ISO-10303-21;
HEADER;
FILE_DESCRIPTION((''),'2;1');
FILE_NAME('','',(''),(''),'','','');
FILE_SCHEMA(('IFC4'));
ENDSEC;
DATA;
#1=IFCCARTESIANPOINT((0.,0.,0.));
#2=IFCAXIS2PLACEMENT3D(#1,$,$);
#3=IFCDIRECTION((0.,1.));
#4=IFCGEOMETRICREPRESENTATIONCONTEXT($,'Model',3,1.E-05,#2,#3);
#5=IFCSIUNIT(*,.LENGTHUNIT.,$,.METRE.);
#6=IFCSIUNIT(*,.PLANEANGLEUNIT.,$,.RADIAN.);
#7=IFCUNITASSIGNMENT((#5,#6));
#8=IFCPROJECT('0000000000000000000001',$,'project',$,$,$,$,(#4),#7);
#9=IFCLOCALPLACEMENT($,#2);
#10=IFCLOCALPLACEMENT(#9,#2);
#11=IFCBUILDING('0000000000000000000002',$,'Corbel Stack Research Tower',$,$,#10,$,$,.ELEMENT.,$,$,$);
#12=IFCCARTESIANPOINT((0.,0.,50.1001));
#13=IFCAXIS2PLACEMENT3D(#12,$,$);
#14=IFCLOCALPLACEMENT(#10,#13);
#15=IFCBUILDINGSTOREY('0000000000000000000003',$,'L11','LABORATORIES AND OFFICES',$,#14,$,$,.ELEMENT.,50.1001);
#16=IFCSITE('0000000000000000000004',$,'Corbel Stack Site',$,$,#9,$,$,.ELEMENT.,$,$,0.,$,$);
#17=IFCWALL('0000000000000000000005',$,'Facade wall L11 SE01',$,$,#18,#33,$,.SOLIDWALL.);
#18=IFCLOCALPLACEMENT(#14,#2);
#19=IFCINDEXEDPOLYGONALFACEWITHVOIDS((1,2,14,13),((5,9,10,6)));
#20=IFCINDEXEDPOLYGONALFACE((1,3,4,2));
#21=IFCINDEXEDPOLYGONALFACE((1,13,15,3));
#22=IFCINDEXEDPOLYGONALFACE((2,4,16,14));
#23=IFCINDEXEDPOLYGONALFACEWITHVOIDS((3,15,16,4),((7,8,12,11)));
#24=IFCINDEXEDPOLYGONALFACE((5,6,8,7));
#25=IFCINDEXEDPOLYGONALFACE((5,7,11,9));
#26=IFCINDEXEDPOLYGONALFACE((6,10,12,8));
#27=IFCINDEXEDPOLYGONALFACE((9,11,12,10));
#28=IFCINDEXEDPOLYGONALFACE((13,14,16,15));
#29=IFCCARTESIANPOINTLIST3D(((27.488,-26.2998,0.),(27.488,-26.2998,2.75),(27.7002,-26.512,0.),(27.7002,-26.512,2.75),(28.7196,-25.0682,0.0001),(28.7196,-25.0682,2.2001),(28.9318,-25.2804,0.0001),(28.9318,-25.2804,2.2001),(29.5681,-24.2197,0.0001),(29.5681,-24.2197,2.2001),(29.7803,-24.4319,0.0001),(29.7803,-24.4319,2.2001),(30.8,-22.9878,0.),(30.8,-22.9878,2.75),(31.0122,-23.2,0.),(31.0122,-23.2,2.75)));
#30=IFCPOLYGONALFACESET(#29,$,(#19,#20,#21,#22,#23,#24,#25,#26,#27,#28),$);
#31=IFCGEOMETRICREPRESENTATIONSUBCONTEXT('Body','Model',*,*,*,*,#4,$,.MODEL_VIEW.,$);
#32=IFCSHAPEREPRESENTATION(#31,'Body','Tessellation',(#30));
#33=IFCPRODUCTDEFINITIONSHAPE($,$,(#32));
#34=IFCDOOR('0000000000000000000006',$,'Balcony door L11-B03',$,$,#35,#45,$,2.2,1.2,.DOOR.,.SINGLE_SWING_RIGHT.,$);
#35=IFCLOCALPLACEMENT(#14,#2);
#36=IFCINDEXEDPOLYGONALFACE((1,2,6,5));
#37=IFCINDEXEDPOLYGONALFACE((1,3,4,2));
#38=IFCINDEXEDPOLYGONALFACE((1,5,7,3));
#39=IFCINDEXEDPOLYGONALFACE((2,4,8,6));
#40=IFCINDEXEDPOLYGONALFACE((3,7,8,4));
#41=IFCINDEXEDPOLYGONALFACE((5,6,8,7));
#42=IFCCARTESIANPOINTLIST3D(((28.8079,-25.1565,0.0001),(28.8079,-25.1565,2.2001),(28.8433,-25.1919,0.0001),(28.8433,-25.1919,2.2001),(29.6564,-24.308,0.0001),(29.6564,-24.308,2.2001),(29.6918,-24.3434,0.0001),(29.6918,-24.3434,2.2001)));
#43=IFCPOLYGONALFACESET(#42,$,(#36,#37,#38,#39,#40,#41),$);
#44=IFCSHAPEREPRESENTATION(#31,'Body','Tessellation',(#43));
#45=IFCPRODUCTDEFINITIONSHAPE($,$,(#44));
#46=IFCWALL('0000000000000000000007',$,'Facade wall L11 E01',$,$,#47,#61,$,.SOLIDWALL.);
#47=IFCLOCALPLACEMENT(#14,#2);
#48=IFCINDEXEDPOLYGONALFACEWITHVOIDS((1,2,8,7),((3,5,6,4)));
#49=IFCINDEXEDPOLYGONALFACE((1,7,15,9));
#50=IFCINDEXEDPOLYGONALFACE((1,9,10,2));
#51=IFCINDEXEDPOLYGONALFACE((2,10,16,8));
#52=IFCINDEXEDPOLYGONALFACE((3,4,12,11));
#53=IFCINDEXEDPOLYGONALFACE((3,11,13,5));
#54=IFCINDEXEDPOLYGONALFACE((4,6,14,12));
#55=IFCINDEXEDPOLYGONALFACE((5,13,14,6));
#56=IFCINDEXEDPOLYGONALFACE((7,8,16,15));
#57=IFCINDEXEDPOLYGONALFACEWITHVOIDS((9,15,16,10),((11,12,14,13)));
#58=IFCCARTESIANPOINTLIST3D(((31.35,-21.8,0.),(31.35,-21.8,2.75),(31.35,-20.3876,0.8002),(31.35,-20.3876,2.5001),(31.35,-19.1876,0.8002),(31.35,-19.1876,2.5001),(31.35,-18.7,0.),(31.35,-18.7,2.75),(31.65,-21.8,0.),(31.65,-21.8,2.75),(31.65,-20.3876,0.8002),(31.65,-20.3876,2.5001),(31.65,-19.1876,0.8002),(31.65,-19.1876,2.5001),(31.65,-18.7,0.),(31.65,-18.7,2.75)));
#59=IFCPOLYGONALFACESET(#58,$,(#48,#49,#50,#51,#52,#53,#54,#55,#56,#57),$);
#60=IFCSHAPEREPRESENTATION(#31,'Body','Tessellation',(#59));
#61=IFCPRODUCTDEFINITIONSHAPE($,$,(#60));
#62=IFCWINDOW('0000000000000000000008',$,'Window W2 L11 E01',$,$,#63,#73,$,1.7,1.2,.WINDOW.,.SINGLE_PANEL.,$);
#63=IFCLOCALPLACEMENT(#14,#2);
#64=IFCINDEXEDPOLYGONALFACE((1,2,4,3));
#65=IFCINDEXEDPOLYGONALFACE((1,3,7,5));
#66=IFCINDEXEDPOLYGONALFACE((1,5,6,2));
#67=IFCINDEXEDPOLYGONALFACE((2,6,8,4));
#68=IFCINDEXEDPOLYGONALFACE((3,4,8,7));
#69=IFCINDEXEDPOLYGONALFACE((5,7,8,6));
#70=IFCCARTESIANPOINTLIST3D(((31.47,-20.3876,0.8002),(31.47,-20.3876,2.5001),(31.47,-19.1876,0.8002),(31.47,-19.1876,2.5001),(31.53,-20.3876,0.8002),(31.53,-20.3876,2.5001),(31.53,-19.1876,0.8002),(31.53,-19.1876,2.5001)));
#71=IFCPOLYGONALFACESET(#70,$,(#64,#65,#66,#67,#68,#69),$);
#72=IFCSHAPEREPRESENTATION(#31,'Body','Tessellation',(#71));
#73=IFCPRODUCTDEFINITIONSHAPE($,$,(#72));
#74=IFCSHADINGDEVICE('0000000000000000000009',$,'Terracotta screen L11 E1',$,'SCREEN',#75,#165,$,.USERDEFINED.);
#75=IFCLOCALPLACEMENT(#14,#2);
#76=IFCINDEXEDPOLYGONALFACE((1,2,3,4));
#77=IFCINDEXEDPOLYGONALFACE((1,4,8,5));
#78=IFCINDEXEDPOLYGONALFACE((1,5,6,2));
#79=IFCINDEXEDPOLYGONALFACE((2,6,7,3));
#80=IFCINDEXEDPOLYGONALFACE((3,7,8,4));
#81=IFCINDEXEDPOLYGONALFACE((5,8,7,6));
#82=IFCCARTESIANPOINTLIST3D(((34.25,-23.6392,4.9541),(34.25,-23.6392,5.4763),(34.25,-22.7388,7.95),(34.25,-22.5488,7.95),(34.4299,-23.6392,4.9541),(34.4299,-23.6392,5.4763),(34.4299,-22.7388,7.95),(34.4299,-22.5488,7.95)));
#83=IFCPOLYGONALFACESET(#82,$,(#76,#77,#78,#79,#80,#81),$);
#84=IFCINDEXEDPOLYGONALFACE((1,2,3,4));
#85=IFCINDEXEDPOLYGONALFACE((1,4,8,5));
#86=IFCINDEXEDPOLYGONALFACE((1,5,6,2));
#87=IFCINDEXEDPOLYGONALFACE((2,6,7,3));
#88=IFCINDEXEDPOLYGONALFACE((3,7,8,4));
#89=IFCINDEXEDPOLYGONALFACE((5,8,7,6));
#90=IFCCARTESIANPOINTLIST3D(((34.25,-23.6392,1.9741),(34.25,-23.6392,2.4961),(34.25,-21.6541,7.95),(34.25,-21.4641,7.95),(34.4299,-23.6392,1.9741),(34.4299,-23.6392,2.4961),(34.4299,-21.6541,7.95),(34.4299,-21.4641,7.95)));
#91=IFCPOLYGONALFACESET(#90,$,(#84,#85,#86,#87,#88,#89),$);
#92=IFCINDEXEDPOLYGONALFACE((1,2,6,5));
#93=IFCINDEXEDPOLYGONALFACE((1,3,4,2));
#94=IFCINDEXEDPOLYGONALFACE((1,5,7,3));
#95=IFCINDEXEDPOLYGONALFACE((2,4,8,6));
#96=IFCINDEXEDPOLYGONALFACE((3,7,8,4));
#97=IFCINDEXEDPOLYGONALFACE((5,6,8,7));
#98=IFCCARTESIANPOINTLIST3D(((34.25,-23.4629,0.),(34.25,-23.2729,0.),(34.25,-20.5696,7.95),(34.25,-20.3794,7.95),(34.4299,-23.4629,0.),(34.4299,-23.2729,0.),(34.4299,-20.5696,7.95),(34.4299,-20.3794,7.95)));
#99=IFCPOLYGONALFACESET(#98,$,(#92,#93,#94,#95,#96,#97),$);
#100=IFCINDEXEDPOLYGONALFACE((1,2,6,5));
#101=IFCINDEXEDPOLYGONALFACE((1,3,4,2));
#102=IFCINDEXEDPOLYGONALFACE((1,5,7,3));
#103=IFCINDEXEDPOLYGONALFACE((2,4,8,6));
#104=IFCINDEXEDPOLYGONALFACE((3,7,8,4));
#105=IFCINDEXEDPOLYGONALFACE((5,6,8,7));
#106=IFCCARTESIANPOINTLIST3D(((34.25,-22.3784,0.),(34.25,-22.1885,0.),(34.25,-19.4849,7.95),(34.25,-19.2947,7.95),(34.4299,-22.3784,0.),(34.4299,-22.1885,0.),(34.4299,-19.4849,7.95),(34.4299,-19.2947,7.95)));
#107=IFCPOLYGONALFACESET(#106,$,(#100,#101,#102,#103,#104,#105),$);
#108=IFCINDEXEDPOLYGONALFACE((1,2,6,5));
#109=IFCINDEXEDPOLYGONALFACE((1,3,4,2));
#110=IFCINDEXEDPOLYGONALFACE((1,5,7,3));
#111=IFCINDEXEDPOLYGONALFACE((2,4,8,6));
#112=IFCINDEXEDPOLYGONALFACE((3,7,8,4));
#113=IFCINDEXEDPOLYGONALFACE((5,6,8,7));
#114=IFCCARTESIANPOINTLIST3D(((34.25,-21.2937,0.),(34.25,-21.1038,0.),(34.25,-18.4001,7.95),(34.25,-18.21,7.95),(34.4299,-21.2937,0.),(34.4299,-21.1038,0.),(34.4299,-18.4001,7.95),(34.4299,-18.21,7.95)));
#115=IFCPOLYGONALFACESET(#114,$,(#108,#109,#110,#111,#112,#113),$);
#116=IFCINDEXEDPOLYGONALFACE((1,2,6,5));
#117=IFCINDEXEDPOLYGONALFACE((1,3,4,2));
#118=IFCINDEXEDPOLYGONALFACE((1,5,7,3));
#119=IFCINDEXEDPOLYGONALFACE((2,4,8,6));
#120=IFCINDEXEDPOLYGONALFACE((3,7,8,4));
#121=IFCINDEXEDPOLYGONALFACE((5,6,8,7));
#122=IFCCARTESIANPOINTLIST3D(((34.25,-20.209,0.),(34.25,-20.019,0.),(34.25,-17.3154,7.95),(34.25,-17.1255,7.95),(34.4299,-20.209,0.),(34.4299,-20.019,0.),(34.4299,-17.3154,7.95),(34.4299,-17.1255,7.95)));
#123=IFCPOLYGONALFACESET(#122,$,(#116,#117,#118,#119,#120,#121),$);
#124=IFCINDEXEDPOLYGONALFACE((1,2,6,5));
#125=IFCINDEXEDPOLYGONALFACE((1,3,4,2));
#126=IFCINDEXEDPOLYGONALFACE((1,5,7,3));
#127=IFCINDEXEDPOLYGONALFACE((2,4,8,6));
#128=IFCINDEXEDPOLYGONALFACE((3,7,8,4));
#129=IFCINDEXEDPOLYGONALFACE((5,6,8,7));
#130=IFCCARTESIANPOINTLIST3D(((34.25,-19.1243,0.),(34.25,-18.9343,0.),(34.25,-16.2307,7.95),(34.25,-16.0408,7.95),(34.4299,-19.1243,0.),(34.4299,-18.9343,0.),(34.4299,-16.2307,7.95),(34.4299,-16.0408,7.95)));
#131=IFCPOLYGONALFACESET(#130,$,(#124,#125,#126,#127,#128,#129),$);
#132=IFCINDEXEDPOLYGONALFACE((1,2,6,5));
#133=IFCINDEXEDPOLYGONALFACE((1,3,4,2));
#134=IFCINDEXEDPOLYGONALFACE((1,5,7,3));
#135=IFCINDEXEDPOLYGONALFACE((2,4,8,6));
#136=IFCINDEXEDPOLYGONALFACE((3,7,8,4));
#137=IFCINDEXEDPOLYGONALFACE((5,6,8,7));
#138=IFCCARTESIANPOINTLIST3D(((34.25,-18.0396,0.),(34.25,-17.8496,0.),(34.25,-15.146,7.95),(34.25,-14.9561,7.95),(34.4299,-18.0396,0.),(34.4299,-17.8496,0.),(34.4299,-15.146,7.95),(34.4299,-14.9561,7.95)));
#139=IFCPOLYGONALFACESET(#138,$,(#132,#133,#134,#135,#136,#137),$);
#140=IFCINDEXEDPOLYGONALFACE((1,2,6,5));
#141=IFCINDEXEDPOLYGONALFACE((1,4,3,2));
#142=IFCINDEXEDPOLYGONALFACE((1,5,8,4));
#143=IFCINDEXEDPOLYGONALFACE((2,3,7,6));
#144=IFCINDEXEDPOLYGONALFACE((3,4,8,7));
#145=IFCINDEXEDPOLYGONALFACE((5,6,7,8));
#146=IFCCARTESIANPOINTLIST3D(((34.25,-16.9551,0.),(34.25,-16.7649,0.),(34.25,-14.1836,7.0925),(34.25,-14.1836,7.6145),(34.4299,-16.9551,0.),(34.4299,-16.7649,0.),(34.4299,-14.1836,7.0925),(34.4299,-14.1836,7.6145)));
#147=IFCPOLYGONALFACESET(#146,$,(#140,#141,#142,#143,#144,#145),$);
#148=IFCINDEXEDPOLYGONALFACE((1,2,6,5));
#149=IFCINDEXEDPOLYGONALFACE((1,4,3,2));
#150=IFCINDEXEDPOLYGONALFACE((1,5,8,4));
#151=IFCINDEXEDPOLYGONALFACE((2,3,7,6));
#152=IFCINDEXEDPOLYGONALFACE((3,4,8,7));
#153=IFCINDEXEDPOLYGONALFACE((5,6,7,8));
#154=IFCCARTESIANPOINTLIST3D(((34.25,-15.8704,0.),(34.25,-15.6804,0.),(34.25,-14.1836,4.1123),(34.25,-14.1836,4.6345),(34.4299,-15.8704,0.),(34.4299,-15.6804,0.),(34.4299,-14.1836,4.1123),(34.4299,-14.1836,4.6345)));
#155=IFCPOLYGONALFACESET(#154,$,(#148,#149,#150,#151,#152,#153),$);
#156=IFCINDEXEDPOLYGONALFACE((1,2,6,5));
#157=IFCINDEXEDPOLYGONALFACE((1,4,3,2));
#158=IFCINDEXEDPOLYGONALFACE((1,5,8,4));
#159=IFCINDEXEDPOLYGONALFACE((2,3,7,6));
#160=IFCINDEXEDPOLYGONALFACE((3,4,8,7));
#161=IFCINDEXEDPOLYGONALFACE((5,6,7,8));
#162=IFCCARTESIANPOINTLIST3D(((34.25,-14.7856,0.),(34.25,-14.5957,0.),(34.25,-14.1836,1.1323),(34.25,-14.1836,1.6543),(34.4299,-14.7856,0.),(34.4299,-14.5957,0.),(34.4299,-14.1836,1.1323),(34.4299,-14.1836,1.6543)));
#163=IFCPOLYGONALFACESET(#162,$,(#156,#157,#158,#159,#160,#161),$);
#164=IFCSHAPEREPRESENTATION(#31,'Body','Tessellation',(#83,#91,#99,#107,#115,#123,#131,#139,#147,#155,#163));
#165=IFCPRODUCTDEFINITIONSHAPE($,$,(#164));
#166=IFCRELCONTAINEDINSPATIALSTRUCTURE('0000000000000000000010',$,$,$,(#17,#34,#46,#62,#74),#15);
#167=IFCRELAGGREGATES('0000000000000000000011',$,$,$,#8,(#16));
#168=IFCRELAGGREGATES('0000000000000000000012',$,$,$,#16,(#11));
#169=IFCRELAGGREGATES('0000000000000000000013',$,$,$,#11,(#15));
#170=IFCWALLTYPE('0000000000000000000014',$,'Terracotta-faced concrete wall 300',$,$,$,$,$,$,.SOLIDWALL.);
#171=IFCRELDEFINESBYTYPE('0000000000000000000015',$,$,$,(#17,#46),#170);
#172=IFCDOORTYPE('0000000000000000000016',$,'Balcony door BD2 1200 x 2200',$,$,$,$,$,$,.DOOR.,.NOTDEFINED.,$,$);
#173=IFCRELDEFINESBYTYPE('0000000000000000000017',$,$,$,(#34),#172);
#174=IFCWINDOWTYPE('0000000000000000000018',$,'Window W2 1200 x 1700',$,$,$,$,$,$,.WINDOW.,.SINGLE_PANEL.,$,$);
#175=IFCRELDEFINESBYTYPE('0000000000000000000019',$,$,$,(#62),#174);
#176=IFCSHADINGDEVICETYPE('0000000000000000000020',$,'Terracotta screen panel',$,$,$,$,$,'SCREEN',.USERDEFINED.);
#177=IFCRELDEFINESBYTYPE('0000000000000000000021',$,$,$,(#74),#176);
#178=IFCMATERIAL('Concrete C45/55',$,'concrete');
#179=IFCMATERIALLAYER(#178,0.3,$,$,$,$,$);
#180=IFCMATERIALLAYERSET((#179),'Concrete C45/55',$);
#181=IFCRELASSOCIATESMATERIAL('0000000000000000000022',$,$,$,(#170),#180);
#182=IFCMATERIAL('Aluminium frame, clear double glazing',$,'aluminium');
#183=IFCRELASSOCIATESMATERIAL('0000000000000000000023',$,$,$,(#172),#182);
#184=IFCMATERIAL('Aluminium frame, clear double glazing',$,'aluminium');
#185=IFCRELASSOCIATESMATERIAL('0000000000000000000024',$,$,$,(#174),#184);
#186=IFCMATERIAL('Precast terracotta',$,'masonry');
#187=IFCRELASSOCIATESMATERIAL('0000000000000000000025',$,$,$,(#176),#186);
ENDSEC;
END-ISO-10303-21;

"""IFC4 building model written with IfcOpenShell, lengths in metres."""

from ifc_helpers import new_model, si_unit, direction, frame, frame_2d, origin, place, context, subcontext, project, spatial, polyline, rectangle, outline, extrude, source, transform, mapped, material, layer, layer_set, type_object, element, fill, save


model = new_model("IFC4")

# Units and contexts
model_context = context("Model", 3, precision=1e-05, world=origin(), true_north=direction((0.0, 1.0)))
body_context = subcontext(model_context, "Body", "Model", "MODEL_VIEW")
ifc_project = project(units=[si_unit("LENGTHUNIT", "METRE"), si_unit("PLANEANGLEUNIT", "RADIAN")], contexts=[model_context])

# Site, building, storey
site_placement = place(None, origin())
site = spatial("IfcSite", under=ifc_project, at=site_placement, Name="Corbel Stack Site", CompositionType="ELEMENT", RefElevation=0.0)
building_placement = place(site_placement, origin())
building = spatial("IfcBuilding", under=site, at=building_placement, Name="Corbel Stack Research Tower", CompositionType="ELEMENT")
storey_placement = place(building_placement, frame((0.0, 0.0, 50.1001)))
storey = spatial("IfcBuildingStorey", under=building, at=storey_placement, Name="L11", Description="LABORATORIES AND OFFICES", CompositionType="ELEMENT", Elevation=50.1001)

# Wall, opening, door
ifc_material_1 = material(Name="Concrete C45/55", Category="concrete")
ifc_layer_1 = layer(ifc_material_1, 0.3)
ifc_layer_set_1 = layer_set([ifc_layer_1], Name="Concrete C45/55")
wall_type_1 = type_object("IfcWallType", Name="Terracotta-faced concrete wall 300", PredefinedType="SOLIDWALL", material=ifc_layer_set_1)
wall_1_placement = place(storey_placement, frame((30.906, -23.094, 0.0), z_axis=(0.0, 0.0, 1.0), x_axis=(-0.707107, -0.707107, 0.0)))
wall_1 = element("IfcWall", 1, at=wall_1_placement, inside=storey, type_object=wall_type_1, Name="Facade wall L11 SE01", PredefinedType="SOLIDWALL", context=body_context, shape_type="SweptSolid", body=[
    extrude(rectangle(XDim=4.6838, YDim=0.3, at=frame_2d((2.3418, 0.0))), origin(), (0.0, 0.0, 1.0), 2.75),
])
opening_1_placement = place(wall_1_placement, frame((1.7419, 0.0, 0.0)))
opening_1 = element("IfcOpeningElement", 2, at=opening_1_placement, cuts=wall_1, PredefinedType="OPENING", context=body_context, shape_type="SweptSolid", body=[
    extrude(rectangle(XDim=1.2, YDim=2.2, at=frame_2d((0.6001, 1.1001))), frame((0.0, 0.1599, 0.0), z_axis=(0.0, -1.0, 0.0), x_axis=(1.0, 0.0, 0.0)), (0.0, 0.0, 1.0), 0.3201),
])
ifc_material_2 = material(Name="Aluminium frame, clear double glazing", Category="aluminium")
door_type_1 = type_object("IfcDoorType", Name="Balcony door BD2 1200 x 2200", OperationType="NOTDEFINED", PredefinedType="DOOR", material=ifc_material_2)
door_1_placement = place(opening_1_placement, origin())
door_1 = element("IfcDoor", 3, at=door_1_placement, inside=storey, type_object=door_type_1, Name="Balcony door L11-B03", OperationType="SINGLE_SWING_RIGHT", OverallHeight=2.2, OverallWidth=1.2, PredefinedType="DOOR", context=body_context, shape_type="SweptSolid", body=[
    extrude(rectangle(XDim=1.2, YDim=2.2, at=frame_2d((0.6001, 1.1001))), frame((0.0, 0.0249, 0.0), z_axis=(0.0, -1.0, 0.0), x_axis=(1.0, 0.0, 0.0)), (0.0, 0.0, 1.0), 0.05),
])
fill(opening_1, door_1)

# Wall, opening, window
wall_2_placement = place(storey_placement, frame((31.5, -18.7, 0.0), z_axis=(0.0, 0.0, 1.0), x_axis=(0.0, -1.0, 0.0)))
wall_2 = element("IfcWall", 4, at=wall_2_placement, inside=storey, type_object=wall_type_1, Name="Facade wall L11 E01", PredefinedType="SOLIDWALL", context=body_context, shape_type="SweptSolid", body=[
    extrude(rectangle(XDim=3.1001, YDim=0.3, at=frame_2d((1.55, 0.0))), origin(), (0.0, 0.0, 1.0), 2.75),
])
opening_2_placement = place(wall_2_placement, frame((0.4875, 0.0, 0.8)))
opening_2 = element("IfcOpeningElement", 5, at=opening_2_placement, cuts=wall_2, PredefinedType="OPENING", context=body_context, shape_type="SweptSolid", body=[
    extrude(rectangle(XDim=1.2, YDim=1.7, at=frame_2d((0.6001, 0.8501))), frame((0.0, 0.1599, 0.0), z_axis=(0.0, -1.0, 0.0), x_axis=(1.0, 0.0, 0.0)), (0.0, 0.0, 1.0), 0.3201),
])
ifc_material_3 = material(Name="Aluminium frame, clear double glazing", Category="aluminium")
window_type = type_object("IfcWindowType", Name="Window W2 1200 x 1700", PartitioningType="SINGLE_PANEL", PredefinedType="WINDOW", material=ifc_material_3)
window_placement = place(opening_2_placement, origin())
window = element("IfcWindow", 6, at=window_placement, inside=storey, type_object=window_type, Name="Window W2 L11 E01", OverallHeight=1.7, OverallWidth=1.2, PartitioningType="SINGLE_PANEL", PredefinedType="WINDOW", context=body_context, shape_type="SweptSolid", body=[
    extrude(rectangle(XDim=1.2, YDim=1.7, at=frame_2d((0.6001, 0.8501))), frame((0.0, 0.03, 0.0), z_axis=(0.0, -1.0, 0.0), x_axis=(1.0, 0.0, 0.0)), (0.0, 0.0, 1.0), 0.0601),
])
fill(opening_2, window)

# Shading device
ifc_material_4 = material(Name="Precast terracotta", Category="masonry")
shading_device_type = type_object("IfcShadingDeviceType", Name="Terracotta screen panel", ElementType="SCREEN", PredefinedType="USERDEFINED", material=ifc_material_4)
shared_shape_1 = source(origin(), body_context, "Body", "SweptSolid", [
    extrude(outline(polyline([(1.0903, 7.95), (0.9004, 7.95), (0.0, 5.4763), (0.0, 4.9541), (1.0903, 7.95)])), frame((0.0, 0.0, 0.0), z_axis=(0.0, -1.0, 0.0), x_axis=(1.0, 0.0, 0.0)), (0.0, 0.0, 1.0), 0.1799),
    extrude(outline(polyline([(2.175, 7.95), (1.9851, 7.95), (0.0, 2.4961), (0.0, 1.9741), (2.175, 7.95)])), frame((0.0, 0.0, 0.0), z_axis=(0.0, -1.0, 0.0), x_axis=(1.0, 0.0, 0.0)), (0.0, 0.0, 1.0), 0.1799),
    extrude(outline(polyline([(0.3662, 0.0), (3.2598, 7.95), (3.0696, 7.95), (0.1763, 0.0), (0.3662, 0.0)])), frame((0.0, 0.0, 0.0), z_axis=(0.0, -1.0, 0.0), x_axis=(1.0, 0.0, 0.0)), (0.0, 0.0, 1.0), 0.1799),
    extrude(outline(polyline([(1.4507, 0.0), (4.3445, 7.95), (4.1543, 7.95), (1.2607, 0.0), (1.4507, 0.0)])), frame((0.0, 0.0, 0.0), z_axis=(0.0, -1.0, 0.0), x_axis=(1.0, 0.0, 0.0)), (0.0, 0.0, 1.0), 0.1799),
    extrude(outline(polyline([(2.5354, 0.0), (5.4292, 7.95), (5.239, 7.95), (2.3455, 0.0), (2.5354, 0.0)])), frame((0.0, 0.0, 0.0), z_axis=(0.0, -1.0, 0.0), x_axis=(1.0, 0.0, 0.0)), (0.0, 0.0, 1.0), 0.1799),
    extrude(outline(polyline([(3.6201, 0.0), (6.5137, 7.95), (6.3237, 7.95), (3.4302, 0.0), (3.6201, 0.0)])), frame((0.0, 0.0, 0.0), z_axis=(0.0, -1.0, 0.0), x_axis=(1.0, 0.0, 0.0)), (0.0, 0.0, 1.0), 0.1799),
    extrude(outline(polyline([(4.7048, 0.0), (7.5984, 7.95), (7.4084, 7.95), (4.5149, 0.0), (4.7048, 0.0)])), frame((0.0, 0.0, 0.0), z_axis=(0.0, -1.0, 0.0), x_axis=(1.0, 0.0, 0.0)), (0.0, 0.0, 1.0), 0.1799),
    extrude(outline(polyline([(5.7896, 0.0), (8.6831, 7.95), (8.4932, 7.95), (5.5996, 0.0), (5.7896, 0.0)])), frame((0.0, 0.0, 0.0), z_axis=(0.0, -1.0, 0.0), x_axis=(1.0, 0.0, 0.0)), (0.0, 0.0, 1.0), 0.1799),
    extrude(outline(polyline([(6.8743, 0.0), (9.4556, 7.0925), (9.4556, 7.6145), (6.6841, 0.0), (6.8743, 0.0)])), frame((0.0, 0.0, 0.0), z_axis=(0.0, -1.0, 0.0), x_axis=(1.0, 0.0, 0.0)), (0.0, 0.0, 1.0), 0.1799),
    extrude(outline(polyline([(7.9587, 0.0), (9.4556, 4.1123), (9.4556, 4.6345), (7.7688, 0.0), (7.9587, 0.0)])), frame((0.0, 0.0, 0.0), z_axis=(0.0, -1.0, 0.0), x_axis=(1.0, 0.0, 0.0)), (0.0, 0.0, 1.0), 0.1799),
    extrude(outline(polyline([(9.0435, 0.0), (9.4556, 1.1323), (9.4556, 1.6543), (8.8535, 0.0), (9.0435, 0.0)])), frame((0.0, 0.0, 0.0), z_axis=(0.0, -1.0, 0.0), x_axis=(1.0, 0.0, 0.0)), (0.0, 0.0, 1.0), 0.1799),
])
shading_device_1_placement = place(storey_placement, frame((34.25, -23.6392, 0.0), z_axis=(0.0, 0.0, 1.0), x_axis=(0.0, 1.0, 0.0)))
element("IfcShadingDevice", 7, at=shading_device_1_placement, inside=storey, type_object=shading_device_type, Name="Terracotta screen L11 E1", ObjectType="SCREEN", PredefinedType="USERDEFINED", context=body_context, shape_type="MappedRepresentation", body=[
    mapped(shared_shape_1, transform((0.0, 0.0, 0.0))),
])

save(model, "model.ifc")
